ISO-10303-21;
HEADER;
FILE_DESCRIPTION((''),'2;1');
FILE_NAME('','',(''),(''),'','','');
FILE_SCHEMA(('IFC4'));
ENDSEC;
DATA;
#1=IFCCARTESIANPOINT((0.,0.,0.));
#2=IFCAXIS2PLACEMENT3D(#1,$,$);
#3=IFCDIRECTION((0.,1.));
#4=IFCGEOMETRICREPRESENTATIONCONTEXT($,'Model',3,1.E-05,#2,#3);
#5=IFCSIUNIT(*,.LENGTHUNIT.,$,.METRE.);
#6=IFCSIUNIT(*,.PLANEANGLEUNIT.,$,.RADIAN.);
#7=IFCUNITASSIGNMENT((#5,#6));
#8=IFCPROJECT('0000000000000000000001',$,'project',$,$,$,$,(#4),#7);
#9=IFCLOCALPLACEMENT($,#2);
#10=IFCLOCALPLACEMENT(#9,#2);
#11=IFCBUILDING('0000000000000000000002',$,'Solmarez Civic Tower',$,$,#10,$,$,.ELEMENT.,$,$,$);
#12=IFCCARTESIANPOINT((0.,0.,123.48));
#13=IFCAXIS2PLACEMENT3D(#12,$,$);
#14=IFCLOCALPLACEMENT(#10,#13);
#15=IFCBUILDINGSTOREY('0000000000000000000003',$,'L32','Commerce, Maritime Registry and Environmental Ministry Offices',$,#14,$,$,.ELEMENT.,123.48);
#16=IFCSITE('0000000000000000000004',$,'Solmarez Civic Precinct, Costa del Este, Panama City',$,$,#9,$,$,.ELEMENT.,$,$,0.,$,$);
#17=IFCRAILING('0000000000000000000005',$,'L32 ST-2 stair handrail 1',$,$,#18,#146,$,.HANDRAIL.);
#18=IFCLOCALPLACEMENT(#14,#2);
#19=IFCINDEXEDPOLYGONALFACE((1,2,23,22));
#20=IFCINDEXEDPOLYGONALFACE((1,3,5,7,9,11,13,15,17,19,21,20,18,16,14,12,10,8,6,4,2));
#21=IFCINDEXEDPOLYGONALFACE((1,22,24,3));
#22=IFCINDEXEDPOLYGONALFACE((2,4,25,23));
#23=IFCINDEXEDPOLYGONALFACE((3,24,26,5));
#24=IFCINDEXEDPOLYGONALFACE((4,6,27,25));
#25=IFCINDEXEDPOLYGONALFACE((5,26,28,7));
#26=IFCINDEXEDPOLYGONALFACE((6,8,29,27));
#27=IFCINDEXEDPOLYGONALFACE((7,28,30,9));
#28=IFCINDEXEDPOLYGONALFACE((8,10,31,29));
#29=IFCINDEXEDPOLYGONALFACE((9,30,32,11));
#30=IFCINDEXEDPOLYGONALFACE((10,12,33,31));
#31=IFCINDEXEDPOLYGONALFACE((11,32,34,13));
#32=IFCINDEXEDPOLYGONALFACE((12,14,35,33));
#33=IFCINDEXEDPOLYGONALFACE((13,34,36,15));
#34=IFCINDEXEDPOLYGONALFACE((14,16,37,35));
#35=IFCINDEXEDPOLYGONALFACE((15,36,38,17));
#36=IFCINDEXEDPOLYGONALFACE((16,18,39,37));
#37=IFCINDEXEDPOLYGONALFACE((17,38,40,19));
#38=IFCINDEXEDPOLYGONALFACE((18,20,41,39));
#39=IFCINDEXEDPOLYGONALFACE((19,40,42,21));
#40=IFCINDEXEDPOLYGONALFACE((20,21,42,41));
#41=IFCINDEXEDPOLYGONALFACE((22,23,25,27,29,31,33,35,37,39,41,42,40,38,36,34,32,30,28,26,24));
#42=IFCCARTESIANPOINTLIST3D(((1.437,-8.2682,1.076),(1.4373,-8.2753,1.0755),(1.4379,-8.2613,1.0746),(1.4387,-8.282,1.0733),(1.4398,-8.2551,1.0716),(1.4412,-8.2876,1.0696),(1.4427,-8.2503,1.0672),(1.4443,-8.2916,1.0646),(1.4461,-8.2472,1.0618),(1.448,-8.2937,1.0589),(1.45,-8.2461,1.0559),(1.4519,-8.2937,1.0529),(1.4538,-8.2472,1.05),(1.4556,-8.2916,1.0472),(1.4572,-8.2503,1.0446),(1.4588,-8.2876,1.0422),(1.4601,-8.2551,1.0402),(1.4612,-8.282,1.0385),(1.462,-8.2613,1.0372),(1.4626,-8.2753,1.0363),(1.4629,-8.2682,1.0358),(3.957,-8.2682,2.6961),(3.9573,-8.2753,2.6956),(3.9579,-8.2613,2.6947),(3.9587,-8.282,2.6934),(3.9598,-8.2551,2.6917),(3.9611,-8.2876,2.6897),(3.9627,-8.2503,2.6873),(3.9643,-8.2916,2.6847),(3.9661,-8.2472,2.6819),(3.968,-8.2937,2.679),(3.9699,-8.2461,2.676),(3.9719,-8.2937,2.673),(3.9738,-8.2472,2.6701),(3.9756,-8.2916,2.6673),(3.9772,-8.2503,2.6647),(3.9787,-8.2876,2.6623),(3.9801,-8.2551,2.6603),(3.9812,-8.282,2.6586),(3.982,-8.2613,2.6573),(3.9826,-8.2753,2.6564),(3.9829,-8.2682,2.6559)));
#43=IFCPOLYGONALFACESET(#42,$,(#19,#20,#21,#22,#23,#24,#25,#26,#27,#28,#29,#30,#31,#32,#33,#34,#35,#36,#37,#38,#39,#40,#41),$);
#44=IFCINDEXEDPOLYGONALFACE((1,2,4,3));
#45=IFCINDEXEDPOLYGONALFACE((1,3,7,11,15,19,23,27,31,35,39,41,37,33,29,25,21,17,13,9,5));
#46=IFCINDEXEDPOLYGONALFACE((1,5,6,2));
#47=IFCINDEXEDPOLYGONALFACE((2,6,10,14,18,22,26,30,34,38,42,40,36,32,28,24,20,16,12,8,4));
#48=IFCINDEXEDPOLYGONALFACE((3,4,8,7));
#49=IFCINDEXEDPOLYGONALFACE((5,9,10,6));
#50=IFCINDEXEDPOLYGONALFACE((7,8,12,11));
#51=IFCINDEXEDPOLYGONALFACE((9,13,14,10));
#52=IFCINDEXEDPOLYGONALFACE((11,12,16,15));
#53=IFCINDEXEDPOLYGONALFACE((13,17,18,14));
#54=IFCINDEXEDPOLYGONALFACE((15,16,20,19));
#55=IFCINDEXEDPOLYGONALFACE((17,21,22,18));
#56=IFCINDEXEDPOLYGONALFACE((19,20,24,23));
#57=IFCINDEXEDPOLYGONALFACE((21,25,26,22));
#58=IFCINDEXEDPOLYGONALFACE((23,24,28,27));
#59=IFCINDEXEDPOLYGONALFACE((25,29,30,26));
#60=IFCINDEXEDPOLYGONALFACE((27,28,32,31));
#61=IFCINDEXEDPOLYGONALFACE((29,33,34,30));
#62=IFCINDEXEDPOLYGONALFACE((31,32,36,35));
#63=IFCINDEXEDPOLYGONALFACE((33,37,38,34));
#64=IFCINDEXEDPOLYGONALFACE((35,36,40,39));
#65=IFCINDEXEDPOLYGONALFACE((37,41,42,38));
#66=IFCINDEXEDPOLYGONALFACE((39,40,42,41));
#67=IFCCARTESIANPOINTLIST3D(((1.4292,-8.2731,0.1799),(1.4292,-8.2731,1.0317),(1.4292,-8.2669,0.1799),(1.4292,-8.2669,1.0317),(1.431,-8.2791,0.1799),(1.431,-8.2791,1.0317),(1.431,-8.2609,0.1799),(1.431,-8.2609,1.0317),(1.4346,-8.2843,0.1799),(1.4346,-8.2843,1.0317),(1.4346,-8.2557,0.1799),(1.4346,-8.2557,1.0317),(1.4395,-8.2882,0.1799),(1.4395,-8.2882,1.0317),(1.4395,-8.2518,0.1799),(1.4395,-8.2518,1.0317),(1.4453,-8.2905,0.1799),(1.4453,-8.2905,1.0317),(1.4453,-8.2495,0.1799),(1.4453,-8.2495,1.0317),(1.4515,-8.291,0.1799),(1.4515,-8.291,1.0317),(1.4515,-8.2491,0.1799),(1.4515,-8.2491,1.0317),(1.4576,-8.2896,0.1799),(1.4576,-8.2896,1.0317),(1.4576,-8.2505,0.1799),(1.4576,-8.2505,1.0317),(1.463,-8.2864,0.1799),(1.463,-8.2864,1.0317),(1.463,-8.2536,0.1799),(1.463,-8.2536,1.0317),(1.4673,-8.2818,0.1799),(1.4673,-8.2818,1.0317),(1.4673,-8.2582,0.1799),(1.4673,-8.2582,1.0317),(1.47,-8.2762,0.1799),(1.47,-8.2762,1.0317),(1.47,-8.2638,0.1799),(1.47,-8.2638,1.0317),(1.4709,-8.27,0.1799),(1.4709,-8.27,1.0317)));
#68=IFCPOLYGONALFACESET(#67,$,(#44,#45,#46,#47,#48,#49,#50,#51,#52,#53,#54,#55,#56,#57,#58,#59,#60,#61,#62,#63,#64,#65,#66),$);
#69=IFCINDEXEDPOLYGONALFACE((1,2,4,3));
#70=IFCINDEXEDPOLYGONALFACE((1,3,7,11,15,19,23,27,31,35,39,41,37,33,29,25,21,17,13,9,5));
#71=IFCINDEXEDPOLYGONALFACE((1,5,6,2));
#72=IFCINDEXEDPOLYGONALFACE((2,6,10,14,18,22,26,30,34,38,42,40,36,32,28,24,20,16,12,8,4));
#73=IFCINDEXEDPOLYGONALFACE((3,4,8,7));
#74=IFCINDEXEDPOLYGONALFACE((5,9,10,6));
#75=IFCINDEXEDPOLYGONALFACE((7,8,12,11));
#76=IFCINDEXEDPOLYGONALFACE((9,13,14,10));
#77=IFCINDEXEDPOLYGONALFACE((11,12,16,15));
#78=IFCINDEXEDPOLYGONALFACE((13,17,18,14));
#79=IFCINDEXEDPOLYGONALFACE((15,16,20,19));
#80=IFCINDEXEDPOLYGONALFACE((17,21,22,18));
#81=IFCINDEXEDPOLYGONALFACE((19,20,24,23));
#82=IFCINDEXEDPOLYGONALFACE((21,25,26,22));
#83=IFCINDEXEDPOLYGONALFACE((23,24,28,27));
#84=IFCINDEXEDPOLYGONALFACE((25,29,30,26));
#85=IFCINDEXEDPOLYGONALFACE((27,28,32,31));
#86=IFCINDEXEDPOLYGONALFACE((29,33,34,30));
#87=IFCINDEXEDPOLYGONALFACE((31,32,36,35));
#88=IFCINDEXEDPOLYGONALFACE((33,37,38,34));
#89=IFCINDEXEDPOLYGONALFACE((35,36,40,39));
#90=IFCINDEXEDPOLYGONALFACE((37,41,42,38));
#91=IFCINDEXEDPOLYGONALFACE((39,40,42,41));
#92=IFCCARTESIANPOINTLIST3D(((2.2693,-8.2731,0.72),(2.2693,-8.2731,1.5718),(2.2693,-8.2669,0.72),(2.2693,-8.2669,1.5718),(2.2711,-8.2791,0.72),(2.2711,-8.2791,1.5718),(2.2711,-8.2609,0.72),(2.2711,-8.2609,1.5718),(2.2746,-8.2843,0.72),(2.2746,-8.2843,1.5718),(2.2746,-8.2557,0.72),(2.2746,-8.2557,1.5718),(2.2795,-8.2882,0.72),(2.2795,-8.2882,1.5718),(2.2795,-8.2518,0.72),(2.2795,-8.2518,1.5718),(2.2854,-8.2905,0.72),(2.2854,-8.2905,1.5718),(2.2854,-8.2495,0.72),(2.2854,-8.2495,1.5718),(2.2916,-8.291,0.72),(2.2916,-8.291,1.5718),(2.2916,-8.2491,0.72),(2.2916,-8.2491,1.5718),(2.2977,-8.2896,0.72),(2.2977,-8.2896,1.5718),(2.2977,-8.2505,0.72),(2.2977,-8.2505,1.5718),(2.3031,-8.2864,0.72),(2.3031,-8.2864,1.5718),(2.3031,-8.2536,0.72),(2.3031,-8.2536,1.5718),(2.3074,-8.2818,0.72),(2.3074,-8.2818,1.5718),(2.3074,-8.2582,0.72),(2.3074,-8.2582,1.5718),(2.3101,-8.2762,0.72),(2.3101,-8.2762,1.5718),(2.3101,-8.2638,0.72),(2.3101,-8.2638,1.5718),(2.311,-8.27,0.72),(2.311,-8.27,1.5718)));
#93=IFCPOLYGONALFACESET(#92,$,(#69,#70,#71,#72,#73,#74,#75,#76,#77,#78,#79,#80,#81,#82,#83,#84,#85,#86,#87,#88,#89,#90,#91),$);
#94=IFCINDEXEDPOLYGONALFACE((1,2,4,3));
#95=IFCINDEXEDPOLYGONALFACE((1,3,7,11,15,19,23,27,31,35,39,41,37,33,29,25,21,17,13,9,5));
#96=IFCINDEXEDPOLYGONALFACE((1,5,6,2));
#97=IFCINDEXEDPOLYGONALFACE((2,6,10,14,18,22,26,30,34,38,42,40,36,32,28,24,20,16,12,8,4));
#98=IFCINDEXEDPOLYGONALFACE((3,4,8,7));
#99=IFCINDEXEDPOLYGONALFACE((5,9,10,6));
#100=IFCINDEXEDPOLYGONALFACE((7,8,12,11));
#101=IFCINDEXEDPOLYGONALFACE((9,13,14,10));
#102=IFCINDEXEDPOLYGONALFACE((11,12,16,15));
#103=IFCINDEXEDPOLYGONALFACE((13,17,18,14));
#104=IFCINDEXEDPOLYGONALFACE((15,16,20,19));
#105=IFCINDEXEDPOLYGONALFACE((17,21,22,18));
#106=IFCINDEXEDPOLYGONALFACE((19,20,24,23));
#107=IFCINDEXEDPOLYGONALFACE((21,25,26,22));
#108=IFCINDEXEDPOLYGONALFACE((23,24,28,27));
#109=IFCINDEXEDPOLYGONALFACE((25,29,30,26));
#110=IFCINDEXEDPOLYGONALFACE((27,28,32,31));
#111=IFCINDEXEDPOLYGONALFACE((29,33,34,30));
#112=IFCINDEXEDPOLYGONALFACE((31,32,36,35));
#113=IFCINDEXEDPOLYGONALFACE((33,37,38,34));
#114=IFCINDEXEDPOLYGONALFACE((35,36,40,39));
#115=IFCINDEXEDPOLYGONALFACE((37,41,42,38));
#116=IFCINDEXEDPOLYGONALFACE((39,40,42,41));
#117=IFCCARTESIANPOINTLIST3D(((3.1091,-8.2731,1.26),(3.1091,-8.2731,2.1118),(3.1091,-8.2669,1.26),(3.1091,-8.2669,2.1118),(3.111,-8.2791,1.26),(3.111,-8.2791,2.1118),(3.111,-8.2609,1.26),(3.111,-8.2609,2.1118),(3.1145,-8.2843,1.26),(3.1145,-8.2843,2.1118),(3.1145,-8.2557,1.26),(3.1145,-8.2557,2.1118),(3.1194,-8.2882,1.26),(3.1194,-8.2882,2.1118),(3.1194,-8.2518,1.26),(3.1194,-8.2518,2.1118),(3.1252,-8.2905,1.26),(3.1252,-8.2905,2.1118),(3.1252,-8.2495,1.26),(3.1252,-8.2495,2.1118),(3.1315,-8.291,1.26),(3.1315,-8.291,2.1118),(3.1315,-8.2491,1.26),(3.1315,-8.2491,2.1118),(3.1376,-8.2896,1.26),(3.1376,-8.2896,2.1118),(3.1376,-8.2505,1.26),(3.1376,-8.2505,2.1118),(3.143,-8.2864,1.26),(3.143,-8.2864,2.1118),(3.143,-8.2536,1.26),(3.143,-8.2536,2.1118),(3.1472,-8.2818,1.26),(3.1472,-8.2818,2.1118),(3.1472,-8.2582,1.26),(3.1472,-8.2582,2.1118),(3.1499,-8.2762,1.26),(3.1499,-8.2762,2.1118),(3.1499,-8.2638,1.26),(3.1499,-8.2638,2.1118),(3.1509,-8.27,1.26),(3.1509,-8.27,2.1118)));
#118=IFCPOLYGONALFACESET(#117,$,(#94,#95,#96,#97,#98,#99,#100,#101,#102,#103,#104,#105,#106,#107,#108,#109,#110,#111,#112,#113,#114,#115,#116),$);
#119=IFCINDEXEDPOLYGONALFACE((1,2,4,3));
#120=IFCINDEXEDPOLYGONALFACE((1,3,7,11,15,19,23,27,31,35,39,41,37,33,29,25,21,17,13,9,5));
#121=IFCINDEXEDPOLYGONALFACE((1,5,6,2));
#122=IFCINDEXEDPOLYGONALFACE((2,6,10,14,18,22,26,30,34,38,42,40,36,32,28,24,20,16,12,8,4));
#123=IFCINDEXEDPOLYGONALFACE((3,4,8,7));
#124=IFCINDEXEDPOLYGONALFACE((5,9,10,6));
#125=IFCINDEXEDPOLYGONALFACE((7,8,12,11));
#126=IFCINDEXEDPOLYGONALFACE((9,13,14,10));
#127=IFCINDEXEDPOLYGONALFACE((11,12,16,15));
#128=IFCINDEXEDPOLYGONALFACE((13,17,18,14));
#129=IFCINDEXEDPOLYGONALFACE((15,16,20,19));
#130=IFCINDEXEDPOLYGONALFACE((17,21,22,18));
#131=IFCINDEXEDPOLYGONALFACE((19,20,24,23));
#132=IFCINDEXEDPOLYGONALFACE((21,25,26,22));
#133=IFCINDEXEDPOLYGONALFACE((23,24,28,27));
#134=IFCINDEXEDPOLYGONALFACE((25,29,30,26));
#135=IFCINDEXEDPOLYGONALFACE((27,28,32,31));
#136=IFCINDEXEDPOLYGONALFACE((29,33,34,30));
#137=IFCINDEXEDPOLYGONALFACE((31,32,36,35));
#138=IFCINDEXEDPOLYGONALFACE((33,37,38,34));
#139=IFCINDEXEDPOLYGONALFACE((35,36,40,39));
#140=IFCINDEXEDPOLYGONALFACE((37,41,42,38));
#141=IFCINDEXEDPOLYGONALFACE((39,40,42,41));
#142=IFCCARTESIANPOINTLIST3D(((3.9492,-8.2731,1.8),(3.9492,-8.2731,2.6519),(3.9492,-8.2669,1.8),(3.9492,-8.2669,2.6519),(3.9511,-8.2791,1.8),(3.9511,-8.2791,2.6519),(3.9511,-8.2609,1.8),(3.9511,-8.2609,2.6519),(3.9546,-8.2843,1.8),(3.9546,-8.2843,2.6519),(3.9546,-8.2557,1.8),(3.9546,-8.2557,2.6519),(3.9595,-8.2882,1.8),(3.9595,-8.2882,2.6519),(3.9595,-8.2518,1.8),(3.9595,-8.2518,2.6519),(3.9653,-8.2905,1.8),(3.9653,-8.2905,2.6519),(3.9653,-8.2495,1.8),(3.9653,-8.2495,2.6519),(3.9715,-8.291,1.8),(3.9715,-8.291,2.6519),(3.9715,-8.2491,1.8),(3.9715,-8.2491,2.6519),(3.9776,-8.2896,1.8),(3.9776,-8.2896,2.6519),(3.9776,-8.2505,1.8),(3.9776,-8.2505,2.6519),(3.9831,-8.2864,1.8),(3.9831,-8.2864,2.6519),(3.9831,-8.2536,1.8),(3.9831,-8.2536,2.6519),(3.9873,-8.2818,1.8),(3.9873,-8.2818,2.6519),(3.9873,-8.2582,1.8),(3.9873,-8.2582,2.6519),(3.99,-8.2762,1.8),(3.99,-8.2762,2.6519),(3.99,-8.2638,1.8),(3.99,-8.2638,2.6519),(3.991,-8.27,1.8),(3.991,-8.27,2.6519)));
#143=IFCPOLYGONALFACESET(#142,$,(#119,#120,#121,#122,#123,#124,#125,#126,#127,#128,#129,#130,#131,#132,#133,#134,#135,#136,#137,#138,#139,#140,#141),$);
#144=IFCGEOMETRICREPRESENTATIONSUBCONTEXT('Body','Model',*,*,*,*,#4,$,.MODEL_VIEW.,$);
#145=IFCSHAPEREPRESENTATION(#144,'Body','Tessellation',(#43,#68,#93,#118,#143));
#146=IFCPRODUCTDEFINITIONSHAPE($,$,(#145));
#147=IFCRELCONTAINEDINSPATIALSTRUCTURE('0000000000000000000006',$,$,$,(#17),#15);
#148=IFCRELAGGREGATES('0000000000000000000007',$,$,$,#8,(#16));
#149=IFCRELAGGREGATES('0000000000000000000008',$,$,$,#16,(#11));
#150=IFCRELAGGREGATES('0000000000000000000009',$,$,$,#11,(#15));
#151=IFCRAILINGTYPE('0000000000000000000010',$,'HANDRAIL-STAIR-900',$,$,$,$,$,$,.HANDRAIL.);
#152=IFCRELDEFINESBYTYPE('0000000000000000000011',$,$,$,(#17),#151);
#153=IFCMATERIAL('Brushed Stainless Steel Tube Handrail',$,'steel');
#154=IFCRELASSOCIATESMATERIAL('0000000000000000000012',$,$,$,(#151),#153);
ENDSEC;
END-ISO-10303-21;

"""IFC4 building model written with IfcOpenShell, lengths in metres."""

from ifc_helpers import new_model, si_unit, direction, frame, origin, origin_2d, place, context, subcontext, project, spatial, circle, extrude, material, type_object, element, save


model = new_model("IFC4")

# Units and contexts
model_context = context("Model", 3, precision=1e-05, world=origin(), true_north=direction((0.0, 1.0)))
body_context = subcontext(model_context, "Body", "Model", "MODEL_VIEW")
ifc_project = project(units=[si_unit("LENGTHUNIT", "METRE"), si_unit("PLANEANGLEUNIT", "RADIAN")], contexts=[model_context])

# Site, building, storey
site_placement = place(None, origin())
site = spatial("IfcSite", under=ifc_project, at=site_placement, Name="Solmarez Civic Precinct, Costa del Este, Panama City", CompositionType="ELEMENT", RefElevation=0.0)
building_placement = place(site_placement, origin())
building = spatial("IfcBuilding", under=site, at=building_placement, Name="Solmarez Civic Tower", CompositionType="ELEMENT")
storey_placement = place(building_placement, frame((0.0, 0.0, 123.48)))
storey = spatial("IfcBuildingStorey", under=building, at=storey_placement, Name="L32", Description="Commerce, Maritime Registry and Environmental Ministry Offices", CompositionType="ELEMENT", Elevation=123.48)

# Railing
ifc_material_1 = material(Name="Brushed Stainless Steel Tube Handrail", Category="steel")
railing_type = type_object("IfcRailingType", Name="HANDRAIL-STAIR-900", PredefinedType="HANDRAIL", material=ifc_material_1)
railing_placement = place(storey_placement, frame((1.45, -8.27, 0.1799)))
element("IfcRailing", 1, at=railing_placement, inside=storey, type_object=railing_type, Name="L32 ST-2 stair handrail 1", PredefinedType="HANDRAIL", context=body_context, shape_type="SweptSolid", body=[
    extrude(circle(Radius=0.0239, at=origin_2d()), frame((0.0, 0.0, 0.876), z_axis=(0.841163, 0.0, 0.540782), x_axis=(0.0, 1.0, 0.0)), (0.0, 0.0, 1.0), 2.9958),
    extrude(circle(Radius=0.021, at=origin_2d()), origin(), (0.0, 0.0, 1.0), 0.8518),
    extrude(circle(Radius=0.021, at=origin_2d()), frame((0.8401, 0.0, 0.54)), (0.0, 0.0, 1.0), 0.8518),
    extrude(circle(Radius=0.021, at=origin_2d()), frame((1.6799, 0.0, 1.0801)), (0.0, 0.0, 1.0), 0.8518),
    extrude(circle(Radius=0.021, at=origin_2d()), frame((2.52, 0.0, 1.6201)), (0.0, 0.0, 1.0), 0.8518),
])

save(model, "model.ifc")
